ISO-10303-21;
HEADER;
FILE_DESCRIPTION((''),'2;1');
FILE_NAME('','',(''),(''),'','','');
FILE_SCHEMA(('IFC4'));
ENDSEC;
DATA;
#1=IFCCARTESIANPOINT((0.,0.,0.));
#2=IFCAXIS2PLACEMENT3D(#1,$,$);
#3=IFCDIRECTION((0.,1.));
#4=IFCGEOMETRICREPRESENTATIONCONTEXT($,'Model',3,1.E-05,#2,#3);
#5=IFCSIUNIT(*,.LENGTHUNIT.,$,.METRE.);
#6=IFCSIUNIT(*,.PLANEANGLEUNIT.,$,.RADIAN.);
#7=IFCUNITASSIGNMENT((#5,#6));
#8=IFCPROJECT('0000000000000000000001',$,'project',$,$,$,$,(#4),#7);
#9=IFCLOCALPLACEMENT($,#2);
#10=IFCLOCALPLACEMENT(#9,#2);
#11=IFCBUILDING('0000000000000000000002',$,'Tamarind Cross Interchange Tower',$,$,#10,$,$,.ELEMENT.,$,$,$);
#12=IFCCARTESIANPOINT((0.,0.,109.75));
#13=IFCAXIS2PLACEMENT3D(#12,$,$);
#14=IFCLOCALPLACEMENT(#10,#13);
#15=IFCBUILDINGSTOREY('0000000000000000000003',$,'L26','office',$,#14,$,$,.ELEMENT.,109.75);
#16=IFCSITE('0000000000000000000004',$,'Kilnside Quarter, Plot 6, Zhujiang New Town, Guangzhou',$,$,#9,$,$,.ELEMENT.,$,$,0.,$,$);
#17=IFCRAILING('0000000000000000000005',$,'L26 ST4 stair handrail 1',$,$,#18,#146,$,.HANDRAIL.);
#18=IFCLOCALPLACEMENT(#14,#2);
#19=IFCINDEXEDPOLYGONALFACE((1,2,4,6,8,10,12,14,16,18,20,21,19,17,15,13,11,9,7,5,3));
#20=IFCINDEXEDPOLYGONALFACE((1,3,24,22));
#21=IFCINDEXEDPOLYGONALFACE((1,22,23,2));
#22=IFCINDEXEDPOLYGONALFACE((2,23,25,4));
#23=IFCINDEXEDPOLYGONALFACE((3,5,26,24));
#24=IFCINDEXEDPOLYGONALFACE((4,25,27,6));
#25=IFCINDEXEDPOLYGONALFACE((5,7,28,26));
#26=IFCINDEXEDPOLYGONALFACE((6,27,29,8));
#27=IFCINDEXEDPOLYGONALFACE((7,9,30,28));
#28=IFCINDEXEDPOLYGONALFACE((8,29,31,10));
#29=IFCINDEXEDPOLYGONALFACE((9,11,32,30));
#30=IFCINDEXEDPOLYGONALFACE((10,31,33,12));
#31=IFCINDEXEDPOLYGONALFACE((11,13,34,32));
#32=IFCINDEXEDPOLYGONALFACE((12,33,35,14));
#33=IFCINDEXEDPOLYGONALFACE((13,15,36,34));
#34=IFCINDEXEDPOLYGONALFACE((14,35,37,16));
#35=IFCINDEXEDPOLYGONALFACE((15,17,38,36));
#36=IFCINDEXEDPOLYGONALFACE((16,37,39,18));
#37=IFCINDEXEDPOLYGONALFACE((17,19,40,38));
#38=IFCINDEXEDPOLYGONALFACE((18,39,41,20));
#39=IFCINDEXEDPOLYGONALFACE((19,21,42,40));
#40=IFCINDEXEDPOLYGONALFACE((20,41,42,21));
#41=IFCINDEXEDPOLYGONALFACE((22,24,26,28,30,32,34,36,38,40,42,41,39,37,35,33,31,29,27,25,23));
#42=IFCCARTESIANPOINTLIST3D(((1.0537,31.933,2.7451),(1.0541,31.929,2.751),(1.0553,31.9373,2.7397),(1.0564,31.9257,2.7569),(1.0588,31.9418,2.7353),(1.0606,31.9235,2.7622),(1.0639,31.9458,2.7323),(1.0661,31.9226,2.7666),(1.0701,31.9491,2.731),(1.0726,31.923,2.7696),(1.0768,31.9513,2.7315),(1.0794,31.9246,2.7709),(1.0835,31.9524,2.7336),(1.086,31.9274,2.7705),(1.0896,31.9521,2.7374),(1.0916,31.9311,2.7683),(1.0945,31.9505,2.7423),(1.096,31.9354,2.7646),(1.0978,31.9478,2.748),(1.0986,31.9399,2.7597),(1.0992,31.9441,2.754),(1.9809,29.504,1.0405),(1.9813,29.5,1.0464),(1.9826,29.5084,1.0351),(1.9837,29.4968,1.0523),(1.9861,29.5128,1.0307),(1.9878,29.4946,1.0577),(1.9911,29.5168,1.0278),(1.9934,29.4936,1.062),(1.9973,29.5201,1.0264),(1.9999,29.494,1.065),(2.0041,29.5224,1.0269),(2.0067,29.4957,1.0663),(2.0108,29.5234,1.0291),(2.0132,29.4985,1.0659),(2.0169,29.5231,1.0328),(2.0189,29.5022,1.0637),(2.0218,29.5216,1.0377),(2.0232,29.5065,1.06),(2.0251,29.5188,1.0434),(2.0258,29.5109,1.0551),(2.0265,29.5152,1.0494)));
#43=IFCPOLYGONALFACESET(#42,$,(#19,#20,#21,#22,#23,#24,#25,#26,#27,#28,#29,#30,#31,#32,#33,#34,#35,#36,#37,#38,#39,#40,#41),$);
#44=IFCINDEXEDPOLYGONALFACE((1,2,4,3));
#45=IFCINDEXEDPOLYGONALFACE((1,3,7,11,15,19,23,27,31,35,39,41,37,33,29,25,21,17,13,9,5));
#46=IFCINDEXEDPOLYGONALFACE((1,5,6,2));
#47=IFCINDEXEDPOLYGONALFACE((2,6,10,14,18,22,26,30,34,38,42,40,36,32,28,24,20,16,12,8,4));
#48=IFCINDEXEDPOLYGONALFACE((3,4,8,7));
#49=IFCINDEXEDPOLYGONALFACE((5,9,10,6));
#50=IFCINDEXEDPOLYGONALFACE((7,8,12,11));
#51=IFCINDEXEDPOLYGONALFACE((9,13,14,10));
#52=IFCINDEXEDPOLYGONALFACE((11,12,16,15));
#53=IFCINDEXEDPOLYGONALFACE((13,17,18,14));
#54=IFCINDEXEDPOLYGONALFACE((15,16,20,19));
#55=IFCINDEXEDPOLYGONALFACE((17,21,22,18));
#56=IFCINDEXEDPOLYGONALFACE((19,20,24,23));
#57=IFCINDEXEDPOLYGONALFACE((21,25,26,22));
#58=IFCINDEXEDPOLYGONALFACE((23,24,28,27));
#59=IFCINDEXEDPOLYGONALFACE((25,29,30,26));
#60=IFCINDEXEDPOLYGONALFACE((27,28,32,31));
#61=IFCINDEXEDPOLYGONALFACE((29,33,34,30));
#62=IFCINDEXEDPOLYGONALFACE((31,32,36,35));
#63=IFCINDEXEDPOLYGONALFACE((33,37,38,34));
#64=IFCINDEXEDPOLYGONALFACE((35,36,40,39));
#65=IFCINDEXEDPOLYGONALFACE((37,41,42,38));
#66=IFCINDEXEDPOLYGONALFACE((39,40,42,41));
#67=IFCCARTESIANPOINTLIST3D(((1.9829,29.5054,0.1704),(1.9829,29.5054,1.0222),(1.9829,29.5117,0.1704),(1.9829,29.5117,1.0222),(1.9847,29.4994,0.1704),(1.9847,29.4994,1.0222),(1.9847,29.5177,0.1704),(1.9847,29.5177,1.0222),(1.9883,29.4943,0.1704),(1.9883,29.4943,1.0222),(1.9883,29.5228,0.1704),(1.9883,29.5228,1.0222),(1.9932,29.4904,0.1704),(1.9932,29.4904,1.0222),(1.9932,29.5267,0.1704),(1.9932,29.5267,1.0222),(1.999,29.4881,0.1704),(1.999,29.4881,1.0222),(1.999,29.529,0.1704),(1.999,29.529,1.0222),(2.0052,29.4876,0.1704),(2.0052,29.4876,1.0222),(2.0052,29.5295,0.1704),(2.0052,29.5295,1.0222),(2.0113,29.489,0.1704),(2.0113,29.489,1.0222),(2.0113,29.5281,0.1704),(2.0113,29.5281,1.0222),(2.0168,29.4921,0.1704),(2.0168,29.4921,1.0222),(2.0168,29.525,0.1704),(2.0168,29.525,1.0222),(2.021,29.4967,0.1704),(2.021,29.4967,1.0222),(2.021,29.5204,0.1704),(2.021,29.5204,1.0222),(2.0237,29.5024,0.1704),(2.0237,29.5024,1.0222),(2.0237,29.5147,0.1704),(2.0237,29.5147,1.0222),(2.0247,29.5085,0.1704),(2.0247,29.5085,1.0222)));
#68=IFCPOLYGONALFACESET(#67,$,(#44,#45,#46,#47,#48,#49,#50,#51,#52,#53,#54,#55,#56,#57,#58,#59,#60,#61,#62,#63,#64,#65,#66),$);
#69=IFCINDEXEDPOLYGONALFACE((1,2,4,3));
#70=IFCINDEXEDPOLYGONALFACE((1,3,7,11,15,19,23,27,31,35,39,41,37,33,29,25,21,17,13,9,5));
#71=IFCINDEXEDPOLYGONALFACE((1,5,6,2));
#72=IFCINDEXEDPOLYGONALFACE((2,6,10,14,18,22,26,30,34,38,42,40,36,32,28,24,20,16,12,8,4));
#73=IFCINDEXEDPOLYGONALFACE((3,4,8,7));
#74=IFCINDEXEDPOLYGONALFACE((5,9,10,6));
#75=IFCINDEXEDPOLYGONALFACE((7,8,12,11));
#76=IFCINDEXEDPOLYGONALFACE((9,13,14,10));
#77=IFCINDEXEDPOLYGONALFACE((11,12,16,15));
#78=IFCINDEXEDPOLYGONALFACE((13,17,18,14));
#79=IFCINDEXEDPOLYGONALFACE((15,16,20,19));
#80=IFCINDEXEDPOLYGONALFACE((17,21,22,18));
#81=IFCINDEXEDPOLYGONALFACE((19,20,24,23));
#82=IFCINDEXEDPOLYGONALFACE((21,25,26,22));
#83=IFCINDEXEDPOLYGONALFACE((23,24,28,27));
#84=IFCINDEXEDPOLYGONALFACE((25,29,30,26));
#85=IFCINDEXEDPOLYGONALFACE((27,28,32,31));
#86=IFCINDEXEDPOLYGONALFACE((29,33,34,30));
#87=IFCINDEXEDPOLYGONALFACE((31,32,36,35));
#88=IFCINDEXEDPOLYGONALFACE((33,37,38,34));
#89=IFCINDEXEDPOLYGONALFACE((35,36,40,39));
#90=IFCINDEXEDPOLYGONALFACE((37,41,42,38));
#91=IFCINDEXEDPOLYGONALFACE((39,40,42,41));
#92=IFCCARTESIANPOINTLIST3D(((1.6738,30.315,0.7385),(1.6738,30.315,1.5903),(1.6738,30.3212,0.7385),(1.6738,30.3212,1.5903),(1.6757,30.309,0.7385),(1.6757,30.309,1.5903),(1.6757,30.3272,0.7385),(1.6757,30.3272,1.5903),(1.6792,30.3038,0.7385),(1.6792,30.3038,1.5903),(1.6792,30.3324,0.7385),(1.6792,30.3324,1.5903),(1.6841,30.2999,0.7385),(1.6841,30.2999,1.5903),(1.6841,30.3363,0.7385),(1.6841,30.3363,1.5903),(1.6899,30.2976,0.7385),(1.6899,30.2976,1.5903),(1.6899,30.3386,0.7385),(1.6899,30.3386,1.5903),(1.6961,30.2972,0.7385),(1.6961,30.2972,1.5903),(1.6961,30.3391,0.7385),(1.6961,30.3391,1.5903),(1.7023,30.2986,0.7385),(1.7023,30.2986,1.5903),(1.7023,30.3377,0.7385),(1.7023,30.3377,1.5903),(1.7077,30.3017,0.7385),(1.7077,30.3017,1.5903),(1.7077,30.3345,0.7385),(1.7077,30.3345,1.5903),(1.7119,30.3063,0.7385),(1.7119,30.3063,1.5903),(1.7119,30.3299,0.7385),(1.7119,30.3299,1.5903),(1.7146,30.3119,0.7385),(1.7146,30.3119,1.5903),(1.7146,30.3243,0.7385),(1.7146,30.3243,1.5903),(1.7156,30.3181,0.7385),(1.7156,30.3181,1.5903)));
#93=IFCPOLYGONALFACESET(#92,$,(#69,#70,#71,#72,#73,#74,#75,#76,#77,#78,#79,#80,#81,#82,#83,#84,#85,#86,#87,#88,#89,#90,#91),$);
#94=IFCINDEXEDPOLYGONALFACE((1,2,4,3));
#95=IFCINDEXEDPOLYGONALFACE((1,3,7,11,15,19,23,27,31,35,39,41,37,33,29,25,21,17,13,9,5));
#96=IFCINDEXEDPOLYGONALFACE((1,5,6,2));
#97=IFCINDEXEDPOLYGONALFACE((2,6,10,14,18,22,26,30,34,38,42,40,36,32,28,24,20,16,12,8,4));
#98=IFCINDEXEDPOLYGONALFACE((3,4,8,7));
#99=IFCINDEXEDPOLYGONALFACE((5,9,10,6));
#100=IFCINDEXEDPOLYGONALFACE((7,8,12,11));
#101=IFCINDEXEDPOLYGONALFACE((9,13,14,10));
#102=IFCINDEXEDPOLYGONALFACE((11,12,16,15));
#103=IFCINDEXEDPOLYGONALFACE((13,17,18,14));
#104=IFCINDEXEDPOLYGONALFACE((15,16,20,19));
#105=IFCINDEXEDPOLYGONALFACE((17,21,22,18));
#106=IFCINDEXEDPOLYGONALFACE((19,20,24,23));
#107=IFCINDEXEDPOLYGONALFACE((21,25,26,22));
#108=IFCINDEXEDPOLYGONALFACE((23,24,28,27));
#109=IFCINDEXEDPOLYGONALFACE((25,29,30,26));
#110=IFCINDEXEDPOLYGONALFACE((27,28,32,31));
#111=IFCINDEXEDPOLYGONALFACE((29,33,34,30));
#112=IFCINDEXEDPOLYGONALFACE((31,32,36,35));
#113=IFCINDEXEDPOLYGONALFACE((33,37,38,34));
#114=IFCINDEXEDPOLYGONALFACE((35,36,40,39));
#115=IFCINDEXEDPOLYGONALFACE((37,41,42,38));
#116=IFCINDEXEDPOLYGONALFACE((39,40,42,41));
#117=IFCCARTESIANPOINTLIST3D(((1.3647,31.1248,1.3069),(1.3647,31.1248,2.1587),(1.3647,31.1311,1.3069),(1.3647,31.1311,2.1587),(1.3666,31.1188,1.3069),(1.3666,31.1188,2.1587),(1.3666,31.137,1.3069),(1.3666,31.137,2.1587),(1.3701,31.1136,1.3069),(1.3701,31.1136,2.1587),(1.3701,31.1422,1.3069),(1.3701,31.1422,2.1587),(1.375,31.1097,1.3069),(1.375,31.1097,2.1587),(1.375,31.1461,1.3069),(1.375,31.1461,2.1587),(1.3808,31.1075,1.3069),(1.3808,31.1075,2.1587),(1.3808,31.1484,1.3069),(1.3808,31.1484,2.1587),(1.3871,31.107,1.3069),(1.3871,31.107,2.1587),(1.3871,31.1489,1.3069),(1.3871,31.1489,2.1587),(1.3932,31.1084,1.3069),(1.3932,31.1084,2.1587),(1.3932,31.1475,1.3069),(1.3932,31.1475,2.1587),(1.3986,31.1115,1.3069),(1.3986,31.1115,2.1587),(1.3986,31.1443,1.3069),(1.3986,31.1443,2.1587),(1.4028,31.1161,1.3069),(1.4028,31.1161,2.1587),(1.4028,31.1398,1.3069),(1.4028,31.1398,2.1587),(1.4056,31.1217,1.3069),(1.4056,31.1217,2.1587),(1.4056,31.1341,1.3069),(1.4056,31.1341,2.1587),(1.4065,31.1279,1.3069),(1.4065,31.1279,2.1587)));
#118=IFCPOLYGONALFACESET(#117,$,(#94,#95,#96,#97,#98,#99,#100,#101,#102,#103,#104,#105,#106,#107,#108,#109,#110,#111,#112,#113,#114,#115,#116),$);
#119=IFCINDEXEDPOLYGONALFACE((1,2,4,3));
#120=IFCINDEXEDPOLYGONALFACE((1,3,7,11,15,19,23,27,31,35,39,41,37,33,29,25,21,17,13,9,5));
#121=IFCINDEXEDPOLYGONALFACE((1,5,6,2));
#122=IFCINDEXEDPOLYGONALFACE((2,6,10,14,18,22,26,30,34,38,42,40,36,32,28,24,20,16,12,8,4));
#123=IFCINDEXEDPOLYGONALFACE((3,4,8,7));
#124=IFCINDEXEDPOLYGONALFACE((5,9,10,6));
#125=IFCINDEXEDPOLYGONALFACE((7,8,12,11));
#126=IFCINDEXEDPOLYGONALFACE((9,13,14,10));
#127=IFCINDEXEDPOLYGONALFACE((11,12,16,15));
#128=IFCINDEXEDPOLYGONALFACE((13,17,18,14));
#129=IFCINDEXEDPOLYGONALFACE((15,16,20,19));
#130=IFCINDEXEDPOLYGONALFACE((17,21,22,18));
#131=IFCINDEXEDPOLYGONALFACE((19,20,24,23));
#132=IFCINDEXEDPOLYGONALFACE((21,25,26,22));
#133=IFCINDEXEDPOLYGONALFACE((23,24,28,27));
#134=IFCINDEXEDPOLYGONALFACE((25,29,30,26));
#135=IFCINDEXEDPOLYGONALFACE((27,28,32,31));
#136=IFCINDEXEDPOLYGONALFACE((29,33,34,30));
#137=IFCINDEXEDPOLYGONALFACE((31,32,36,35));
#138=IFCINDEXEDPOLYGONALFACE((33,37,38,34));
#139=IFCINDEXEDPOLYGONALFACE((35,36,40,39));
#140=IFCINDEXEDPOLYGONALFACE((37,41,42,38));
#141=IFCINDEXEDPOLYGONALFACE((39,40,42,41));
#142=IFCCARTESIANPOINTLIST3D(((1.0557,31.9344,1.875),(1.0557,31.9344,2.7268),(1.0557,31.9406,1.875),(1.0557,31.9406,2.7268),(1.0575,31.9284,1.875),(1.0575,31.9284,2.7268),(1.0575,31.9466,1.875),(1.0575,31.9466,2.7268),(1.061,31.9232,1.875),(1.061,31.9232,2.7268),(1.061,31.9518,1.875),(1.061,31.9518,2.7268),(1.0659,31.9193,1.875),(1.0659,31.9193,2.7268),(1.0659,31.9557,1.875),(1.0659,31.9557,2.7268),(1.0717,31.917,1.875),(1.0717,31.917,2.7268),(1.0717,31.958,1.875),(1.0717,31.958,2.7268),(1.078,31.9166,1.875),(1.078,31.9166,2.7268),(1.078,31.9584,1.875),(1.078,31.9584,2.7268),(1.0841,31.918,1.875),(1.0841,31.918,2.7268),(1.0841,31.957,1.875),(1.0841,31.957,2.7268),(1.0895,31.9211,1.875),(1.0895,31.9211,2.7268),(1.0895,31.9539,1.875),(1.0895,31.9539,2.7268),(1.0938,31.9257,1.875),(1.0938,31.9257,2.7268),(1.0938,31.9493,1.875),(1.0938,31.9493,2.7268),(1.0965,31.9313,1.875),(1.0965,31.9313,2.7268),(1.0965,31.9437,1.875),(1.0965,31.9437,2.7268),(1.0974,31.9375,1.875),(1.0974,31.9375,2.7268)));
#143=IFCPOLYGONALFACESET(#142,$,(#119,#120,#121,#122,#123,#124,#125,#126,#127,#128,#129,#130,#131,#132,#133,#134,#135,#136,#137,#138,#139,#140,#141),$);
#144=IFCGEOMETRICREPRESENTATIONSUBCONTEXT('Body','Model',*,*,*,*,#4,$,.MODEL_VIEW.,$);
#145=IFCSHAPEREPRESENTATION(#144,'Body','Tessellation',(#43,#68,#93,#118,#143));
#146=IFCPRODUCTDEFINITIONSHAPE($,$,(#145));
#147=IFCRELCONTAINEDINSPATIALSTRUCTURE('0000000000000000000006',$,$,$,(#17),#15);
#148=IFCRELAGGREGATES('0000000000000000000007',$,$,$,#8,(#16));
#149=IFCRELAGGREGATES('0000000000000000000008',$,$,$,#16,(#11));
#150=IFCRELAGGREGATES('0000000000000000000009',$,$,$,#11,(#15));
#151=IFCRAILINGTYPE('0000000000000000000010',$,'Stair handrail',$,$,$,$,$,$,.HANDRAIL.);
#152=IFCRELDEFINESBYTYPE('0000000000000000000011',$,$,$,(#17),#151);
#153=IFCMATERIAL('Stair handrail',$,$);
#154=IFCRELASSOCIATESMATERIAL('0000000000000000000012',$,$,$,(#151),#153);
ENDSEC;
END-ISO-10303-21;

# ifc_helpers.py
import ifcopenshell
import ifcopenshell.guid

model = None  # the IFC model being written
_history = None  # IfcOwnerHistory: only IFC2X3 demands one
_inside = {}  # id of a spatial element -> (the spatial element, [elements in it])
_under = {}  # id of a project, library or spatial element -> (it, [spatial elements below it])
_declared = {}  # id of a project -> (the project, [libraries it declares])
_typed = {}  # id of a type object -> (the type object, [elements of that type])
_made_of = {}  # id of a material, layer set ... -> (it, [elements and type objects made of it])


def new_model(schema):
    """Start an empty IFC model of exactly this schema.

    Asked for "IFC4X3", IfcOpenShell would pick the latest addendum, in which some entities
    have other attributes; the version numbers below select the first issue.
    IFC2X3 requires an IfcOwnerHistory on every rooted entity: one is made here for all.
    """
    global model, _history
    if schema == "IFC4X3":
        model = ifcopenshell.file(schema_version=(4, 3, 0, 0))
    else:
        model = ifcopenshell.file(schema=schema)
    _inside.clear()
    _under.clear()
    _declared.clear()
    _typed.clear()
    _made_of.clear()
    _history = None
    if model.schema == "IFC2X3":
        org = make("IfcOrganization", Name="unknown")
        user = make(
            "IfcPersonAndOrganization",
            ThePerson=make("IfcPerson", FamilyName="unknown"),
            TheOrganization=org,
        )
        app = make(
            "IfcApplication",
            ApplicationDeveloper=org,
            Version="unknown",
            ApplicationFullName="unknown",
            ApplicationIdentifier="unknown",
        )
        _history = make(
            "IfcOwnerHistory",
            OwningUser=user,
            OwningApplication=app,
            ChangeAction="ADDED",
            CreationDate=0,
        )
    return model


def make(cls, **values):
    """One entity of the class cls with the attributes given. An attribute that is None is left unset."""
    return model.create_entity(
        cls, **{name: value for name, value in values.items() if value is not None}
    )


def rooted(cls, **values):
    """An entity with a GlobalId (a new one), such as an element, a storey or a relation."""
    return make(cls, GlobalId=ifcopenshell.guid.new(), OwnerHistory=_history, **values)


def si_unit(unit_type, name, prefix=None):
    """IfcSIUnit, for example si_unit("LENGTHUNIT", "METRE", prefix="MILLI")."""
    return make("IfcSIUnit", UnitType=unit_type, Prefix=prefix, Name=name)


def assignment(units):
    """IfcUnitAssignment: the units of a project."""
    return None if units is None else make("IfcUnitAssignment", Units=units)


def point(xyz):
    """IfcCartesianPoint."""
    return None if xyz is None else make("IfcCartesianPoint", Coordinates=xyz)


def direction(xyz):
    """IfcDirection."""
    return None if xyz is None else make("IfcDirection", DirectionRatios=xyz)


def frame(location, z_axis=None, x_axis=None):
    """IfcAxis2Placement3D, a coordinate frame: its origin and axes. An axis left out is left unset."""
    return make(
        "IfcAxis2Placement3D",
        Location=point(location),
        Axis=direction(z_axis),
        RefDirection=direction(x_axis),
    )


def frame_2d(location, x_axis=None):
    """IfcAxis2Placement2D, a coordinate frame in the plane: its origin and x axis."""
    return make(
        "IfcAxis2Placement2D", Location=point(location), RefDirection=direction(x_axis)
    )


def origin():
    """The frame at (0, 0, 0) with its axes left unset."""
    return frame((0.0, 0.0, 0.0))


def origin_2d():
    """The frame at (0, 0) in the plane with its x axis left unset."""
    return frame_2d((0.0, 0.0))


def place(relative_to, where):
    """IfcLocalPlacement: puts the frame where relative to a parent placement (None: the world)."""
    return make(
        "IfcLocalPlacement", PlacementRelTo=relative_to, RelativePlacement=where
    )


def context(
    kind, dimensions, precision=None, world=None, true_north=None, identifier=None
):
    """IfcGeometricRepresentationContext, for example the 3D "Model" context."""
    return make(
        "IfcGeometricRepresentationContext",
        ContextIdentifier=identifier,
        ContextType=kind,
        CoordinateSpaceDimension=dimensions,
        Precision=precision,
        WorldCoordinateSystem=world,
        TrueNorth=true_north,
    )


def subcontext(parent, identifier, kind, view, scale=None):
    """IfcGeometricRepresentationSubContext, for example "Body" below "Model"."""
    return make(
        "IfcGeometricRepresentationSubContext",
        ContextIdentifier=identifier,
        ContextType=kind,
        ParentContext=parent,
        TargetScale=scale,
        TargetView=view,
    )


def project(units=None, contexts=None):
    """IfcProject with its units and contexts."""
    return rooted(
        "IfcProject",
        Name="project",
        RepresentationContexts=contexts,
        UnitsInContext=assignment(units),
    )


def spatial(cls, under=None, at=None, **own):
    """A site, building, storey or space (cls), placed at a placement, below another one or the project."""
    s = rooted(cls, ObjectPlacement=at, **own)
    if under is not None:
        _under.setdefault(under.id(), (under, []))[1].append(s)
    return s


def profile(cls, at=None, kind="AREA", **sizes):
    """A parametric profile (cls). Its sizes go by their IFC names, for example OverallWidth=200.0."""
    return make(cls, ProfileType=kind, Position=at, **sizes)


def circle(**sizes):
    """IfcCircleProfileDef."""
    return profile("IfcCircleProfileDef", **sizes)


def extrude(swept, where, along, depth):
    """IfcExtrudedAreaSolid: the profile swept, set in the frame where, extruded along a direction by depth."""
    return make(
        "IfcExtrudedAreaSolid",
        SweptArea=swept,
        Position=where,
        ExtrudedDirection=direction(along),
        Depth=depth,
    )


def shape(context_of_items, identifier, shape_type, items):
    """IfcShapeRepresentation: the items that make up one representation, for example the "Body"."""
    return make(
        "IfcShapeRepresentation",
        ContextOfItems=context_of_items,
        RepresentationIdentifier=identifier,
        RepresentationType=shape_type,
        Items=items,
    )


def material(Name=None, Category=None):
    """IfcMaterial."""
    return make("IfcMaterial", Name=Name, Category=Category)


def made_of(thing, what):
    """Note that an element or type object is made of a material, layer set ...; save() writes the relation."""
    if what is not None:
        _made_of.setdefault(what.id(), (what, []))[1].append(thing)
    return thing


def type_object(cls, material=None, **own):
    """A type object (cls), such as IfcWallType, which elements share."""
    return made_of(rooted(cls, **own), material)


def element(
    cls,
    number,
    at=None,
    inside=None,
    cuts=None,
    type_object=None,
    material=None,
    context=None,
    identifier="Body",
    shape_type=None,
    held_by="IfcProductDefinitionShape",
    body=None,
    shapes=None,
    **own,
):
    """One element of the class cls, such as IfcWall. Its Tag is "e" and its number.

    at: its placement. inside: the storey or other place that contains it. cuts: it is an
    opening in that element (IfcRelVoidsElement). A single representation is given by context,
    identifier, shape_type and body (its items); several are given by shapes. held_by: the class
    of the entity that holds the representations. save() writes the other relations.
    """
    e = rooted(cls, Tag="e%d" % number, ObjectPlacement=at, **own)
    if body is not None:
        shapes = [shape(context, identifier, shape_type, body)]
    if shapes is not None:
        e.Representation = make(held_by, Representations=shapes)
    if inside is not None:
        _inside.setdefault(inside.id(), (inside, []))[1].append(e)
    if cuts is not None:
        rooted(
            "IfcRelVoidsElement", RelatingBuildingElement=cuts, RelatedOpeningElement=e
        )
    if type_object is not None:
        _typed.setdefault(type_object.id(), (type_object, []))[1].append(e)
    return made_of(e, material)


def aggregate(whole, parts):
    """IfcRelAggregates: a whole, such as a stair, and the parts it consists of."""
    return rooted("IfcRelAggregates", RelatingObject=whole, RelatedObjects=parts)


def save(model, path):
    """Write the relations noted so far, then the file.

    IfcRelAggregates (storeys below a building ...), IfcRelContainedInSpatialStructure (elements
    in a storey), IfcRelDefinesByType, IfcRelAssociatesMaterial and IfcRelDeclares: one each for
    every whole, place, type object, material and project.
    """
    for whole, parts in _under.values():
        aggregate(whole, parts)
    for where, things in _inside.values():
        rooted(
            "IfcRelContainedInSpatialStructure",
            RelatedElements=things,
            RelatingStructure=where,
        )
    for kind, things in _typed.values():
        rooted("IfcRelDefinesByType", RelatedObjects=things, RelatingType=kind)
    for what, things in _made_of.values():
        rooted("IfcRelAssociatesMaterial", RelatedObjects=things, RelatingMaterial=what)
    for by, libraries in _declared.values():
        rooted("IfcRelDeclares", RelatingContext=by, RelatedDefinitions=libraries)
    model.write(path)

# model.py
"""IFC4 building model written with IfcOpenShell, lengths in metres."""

from ifc_helpers import new_model, si_unit, direction, frame, origin, origin_2d, place, context, subcontext, project, spatial, circle, extrude, material, type_object, element, save


model = new_model("IFC4")

# Units and contexts
model_context = context("Model", 3, precision=1e-05, world=origin(), true_north=direction((0.0, 1.0)))
body_context = subcontext(model_context, "Body", "Model", "MODEL_VIEW")
ifc_project = project(units=[si_unit("LENGTHUNIT", "METRE"), si_unit("PLANEANGLEUNIT", "RADIAN")], contexts=[model_context])

# Site, building, storey
site_placement = place(None, origin())
site = spatial("IfcSite", under=ifc_project, at=site_placement, Name="Kilnside Quarter, Plot 6, Zhujiang New Town, Guangzhou", CompositionType="ELEMENT", RefElevation=0.0)
building_placement = place(site_placement, origin())
building = spatial("IfcBuilding", under=site, at=building_placement, Name="Tamarind Cross Interchange Tower", CompositionType="ELEMENT")
storey_placement = place(building_placement, frame((0.0, 0.0, 109.75)))
storey = spatial("IfcBuildingStorey", under=building, at=storey_placement, Name="L26", Description="office", CompositionType="ELEMENT", Elevation=109.75)

# Railing
ifc_material_1 = material(Name="Stair handrail")
railing_type_1 = type_object("IfcRailingType", Name="Stair handrail", PredefinedType="HANDRAIL", material=ifc_material_1)
railing_1_placement = place(storey_placement, frame((2.0037, 29.5085, 0.1704)))
element("IfcRailing", 1, at=railing_1_placement, inside=storey, type_object=railing_type_1, Name="L26 ST4 stair handrail 1", PredefinedType="HANDRAIL", context=body_context, shape_type="SweptSolid", body=[
    extrude(circle(Radius=0.0239, at=origin_2d()), frame((0.0, 0.0, 0.876), z_axis=(-0.298256, 0.781292, 0.548294), x_axis=(-0.934241, -0.356643, 0.0)), (0.0, 0.0, 1.0), 3.1089),
    extrude(circle(Radius=0.021, at=origin_2d()), origin(), (0.0, 0.0, 1.0), 0.8518),
    extrude(circle(Radius=0.021, at=origin_2d()), frame((-0.3091, 0.8096, 0.5681)), (0.0, 0.0, 1.0), 0.8518),
    extrude(circle(Radius=0.021, at=origin_2d()), frame((-0.6182, 1.6194, 1.1365)), (0.0, 0.0, 1.0), 0.8518),
    extrude(circle(Radius=0.021, at=origin_2d()), frame((-0.9272, 2.429, 1.7046)), (0.0, 0.0, 1.0), 0.8518),
])

save(model, "model.ifc")
